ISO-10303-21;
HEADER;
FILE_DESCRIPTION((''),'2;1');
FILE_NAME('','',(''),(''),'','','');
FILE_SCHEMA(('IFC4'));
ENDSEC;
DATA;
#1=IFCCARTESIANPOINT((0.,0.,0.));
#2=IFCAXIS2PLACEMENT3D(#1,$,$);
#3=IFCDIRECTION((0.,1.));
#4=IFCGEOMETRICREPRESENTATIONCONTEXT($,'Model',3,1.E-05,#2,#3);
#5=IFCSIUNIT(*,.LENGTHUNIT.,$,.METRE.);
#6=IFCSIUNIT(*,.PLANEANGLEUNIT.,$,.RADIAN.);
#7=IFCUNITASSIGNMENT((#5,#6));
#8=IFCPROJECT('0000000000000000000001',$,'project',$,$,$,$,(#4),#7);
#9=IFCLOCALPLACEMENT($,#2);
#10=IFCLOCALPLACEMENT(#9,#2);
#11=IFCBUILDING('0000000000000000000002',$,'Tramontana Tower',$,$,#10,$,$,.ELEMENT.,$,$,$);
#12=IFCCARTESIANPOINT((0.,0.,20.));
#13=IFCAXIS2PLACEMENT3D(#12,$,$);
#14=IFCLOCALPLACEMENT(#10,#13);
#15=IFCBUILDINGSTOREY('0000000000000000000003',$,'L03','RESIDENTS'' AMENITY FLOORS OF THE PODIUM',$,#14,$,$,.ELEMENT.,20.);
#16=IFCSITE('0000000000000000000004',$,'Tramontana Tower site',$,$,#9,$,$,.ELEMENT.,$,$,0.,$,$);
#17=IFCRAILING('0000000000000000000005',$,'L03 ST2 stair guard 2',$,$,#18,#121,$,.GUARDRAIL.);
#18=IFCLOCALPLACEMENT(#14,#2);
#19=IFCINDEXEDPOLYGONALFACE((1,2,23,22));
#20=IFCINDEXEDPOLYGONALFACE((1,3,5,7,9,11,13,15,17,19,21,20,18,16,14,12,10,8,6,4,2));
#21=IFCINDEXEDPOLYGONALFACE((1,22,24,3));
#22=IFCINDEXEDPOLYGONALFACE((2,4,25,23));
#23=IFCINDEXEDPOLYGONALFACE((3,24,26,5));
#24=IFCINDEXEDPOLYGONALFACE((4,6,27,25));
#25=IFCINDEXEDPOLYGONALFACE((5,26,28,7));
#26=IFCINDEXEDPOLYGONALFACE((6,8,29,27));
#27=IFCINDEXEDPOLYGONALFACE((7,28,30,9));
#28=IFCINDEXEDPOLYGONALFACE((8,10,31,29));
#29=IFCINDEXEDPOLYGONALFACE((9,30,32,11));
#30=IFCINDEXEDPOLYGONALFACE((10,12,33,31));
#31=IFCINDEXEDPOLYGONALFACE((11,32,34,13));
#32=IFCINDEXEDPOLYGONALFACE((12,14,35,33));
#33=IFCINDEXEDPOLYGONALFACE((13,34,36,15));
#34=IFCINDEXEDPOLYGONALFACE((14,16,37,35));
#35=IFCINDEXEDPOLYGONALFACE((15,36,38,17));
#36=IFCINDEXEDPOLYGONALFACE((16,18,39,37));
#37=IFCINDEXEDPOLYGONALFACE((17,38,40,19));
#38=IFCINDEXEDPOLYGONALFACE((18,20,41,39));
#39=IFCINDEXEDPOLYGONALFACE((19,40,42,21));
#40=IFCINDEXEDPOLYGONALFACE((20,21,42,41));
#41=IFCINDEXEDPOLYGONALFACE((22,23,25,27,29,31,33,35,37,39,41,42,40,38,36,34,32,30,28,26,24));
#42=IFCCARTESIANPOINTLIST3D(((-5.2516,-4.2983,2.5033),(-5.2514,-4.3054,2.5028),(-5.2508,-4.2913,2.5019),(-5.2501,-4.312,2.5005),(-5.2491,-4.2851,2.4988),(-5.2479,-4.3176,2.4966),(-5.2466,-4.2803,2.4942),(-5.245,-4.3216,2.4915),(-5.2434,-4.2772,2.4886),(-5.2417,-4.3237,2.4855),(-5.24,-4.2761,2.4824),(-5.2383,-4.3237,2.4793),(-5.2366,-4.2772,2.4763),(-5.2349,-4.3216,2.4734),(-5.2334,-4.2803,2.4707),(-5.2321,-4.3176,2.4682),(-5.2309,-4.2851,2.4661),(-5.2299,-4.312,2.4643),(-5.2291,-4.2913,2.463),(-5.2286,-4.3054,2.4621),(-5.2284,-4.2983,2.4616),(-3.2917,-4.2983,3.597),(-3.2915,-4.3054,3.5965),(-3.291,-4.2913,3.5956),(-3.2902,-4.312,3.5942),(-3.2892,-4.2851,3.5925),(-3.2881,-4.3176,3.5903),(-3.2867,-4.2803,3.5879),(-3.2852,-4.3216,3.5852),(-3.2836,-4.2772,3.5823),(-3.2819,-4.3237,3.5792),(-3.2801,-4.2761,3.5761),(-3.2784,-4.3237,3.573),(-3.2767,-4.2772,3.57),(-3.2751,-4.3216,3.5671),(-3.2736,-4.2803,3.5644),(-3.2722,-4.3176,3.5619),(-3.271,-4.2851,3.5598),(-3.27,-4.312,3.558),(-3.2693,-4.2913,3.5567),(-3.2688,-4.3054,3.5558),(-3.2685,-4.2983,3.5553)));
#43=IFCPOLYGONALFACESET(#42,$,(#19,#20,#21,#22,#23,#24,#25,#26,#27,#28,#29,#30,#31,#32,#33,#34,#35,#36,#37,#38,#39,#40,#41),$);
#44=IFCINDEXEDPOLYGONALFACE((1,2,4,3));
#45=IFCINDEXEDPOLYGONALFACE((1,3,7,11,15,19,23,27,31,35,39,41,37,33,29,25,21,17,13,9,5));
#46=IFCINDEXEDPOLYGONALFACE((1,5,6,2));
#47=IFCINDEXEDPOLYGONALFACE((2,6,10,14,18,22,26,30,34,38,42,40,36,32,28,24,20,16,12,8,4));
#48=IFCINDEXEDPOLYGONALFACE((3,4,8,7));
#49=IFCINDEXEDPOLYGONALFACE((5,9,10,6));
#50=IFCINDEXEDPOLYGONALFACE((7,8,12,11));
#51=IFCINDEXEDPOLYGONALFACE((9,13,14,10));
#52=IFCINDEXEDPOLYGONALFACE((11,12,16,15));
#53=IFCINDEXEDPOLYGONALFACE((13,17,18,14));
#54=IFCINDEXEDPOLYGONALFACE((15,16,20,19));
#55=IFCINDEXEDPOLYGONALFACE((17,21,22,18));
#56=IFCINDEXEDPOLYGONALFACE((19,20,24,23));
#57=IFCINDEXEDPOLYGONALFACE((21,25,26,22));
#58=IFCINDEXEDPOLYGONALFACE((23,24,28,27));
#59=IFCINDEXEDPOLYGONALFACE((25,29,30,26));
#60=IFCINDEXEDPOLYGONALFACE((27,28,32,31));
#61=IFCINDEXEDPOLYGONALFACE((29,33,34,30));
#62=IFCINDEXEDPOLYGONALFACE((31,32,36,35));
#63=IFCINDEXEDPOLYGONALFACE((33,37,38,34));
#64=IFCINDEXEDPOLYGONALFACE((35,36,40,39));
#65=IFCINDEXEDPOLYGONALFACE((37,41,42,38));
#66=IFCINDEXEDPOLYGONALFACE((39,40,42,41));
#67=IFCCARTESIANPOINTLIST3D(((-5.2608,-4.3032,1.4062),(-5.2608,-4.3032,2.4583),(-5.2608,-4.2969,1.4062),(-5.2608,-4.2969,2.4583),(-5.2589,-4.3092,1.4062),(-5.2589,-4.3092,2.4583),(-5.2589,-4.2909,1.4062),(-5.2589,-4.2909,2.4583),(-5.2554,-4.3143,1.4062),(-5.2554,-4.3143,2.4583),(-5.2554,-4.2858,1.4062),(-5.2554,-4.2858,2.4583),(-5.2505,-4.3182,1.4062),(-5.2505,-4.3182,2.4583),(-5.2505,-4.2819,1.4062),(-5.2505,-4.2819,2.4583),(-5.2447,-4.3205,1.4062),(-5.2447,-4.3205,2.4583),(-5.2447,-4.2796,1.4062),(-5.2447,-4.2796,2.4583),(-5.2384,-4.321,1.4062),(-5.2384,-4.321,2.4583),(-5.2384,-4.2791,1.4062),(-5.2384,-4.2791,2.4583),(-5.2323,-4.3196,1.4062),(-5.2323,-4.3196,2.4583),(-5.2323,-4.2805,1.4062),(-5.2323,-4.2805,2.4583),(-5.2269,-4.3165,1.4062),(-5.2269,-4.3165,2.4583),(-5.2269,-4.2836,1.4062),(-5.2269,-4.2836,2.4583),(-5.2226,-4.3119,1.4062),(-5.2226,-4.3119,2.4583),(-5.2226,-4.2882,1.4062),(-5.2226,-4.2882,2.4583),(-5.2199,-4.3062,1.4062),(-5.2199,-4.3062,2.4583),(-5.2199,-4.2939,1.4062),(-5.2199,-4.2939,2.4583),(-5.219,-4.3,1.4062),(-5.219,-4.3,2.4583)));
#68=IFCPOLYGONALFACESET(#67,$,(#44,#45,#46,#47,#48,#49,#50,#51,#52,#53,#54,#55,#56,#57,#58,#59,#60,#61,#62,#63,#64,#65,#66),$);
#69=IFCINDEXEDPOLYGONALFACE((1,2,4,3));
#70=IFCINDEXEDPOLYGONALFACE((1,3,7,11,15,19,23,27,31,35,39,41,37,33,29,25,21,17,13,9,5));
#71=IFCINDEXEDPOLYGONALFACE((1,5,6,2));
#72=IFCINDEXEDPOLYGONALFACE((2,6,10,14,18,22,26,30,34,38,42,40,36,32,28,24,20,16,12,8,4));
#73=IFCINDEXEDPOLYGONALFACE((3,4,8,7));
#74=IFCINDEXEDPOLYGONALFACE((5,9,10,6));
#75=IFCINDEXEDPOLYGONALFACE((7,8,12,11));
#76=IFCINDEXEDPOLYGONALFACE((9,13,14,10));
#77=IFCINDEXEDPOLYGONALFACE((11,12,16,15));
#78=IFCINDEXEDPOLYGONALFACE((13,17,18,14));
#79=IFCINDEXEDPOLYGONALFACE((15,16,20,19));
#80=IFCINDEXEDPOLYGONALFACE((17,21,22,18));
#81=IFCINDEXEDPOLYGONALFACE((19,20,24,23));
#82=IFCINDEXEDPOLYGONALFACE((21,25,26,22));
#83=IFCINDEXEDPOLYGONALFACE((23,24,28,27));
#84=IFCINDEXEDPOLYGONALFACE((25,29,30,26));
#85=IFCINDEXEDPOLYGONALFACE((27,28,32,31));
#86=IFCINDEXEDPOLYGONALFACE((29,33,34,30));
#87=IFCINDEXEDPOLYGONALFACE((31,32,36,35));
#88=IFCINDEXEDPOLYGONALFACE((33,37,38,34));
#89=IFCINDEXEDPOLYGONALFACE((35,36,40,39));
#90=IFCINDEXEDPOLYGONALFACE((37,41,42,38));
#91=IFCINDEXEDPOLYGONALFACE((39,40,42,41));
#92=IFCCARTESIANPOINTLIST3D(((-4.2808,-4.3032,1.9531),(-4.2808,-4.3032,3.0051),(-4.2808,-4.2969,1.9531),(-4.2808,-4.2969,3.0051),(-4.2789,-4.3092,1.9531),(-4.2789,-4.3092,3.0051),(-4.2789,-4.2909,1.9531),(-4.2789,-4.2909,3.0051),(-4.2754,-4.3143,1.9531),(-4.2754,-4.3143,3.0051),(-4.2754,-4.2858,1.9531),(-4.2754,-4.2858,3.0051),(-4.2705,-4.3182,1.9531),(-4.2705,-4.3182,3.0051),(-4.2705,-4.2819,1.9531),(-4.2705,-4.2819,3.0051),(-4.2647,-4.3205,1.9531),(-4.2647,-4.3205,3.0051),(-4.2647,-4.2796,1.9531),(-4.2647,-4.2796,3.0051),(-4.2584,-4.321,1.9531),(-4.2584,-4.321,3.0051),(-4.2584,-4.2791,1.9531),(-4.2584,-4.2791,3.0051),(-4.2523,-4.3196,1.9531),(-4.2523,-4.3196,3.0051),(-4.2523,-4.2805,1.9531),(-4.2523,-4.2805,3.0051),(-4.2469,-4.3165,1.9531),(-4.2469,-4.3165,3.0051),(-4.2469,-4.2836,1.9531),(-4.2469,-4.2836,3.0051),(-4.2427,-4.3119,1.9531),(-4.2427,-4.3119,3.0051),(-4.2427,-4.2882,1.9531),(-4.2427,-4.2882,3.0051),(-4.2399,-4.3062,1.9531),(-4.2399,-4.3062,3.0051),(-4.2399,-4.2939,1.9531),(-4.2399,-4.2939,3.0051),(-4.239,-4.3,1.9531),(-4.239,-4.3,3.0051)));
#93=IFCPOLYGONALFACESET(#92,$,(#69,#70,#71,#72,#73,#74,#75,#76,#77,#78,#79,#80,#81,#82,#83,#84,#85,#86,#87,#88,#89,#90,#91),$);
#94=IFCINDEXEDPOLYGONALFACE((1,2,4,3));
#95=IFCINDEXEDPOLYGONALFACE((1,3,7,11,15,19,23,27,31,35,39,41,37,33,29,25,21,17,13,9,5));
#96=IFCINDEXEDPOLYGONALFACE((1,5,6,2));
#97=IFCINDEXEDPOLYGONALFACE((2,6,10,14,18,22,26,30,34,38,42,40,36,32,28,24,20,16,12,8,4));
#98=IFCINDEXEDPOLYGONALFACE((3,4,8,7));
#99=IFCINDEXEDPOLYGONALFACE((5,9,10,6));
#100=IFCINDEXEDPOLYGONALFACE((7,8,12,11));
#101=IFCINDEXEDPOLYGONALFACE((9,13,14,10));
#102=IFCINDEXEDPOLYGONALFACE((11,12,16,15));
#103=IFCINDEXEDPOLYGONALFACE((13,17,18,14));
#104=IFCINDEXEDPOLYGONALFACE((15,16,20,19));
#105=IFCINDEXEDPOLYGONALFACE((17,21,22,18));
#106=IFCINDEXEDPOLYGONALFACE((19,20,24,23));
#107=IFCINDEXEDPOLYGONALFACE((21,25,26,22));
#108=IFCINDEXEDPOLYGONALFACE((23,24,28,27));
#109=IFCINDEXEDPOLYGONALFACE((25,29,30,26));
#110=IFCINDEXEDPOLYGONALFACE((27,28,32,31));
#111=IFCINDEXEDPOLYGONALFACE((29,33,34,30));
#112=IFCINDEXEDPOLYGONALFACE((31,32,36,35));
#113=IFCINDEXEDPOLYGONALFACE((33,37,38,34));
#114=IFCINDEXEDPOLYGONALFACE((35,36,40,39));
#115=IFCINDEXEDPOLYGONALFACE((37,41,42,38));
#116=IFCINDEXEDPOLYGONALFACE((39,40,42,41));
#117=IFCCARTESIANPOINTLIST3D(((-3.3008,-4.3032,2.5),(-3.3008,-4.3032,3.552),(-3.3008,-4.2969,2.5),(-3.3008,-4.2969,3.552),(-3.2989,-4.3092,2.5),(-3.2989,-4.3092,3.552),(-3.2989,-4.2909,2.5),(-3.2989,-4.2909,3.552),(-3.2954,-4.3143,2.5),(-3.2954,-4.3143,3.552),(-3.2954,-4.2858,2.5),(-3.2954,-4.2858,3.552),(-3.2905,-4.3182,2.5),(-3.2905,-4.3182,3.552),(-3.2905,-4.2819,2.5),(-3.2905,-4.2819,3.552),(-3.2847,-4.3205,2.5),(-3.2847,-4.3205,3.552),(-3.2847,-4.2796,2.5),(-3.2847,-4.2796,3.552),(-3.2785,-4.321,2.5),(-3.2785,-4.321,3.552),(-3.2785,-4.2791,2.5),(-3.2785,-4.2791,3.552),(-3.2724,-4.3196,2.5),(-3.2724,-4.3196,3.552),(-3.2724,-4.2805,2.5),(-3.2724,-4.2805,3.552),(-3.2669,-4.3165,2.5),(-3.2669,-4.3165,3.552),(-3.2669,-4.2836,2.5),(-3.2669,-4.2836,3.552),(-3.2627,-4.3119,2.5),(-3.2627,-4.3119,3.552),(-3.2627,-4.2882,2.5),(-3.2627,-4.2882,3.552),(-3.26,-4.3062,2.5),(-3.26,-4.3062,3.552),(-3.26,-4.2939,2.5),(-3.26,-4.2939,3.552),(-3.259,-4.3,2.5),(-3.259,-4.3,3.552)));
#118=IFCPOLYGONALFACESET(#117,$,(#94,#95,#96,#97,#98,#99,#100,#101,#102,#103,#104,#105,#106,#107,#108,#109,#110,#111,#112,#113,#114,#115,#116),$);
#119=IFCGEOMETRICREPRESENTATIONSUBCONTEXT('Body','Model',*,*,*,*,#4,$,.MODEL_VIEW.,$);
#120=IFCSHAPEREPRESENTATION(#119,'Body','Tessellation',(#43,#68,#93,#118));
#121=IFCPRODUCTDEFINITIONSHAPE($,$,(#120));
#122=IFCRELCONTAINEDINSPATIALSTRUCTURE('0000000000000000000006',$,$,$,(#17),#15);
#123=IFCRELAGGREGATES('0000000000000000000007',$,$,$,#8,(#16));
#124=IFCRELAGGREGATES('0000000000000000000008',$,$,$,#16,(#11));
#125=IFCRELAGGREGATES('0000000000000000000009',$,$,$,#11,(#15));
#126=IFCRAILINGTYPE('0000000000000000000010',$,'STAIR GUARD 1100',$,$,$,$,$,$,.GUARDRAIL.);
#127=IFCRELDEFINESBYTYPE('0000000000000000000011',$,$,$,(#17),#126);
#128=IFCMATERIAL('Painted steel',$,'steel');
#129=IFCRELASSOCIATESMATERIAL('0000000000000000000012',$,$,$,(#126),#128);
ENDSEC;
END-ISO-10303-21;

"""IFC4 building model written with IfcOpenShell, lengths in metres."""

from ifc_helpers import new_model, si_unit, direction, frame, origin, origin_2d, place, context, subcontext, project, spatial, circle, extrude, material, type_object, element, save


model = new_model("IFC4")

# Units and contexts
model_context = context("Model", 3, precision=1e-05, world=origin(), true_north=direction((0.0, 1.0)))
body_context = subcontext(model_context, "Body", "Model", "MODEL_VIEW")
ifc_project = project(units=[si_unit("LENGTHUNIT", "METRE"), si_unit("PLANEANGLEUNIT", "RADIAN")], contexts=[model_context])

# Site, building, storey
site_placement = place(None, origin())
site = spatial("IfcSite", under=ifc_project, at=site_placement, Name="Tramontana Tower site", CompositionType="ELEMENT", RefElevation=0.0)
building_placement = place(site_placement, origin())
building = spatial("IfcBuilding", under=site, at=building_placement, Name="Tramontana Tower", CompositionType="ELEMENT")
storey_placement = place(building_placement, frame((0.0, 0.0, 20.0)))
storey = spatial("IfcBuildingStorey", under=building, at=storey_placement, Name="L03", Description="RESIDENTS' AMENITY FLOORS OF THE PODIUM", CompositionType="ELEMENT", Elevation=20.0)

# Railing
ifc_material_1 = material(Name="Painted steel", Category="steel")
railing_type_1 = type_object("IfcRailingType", Name="STAIR GUARD 1100", PredefinedType="GUARDRAIL", material=ifc_material_1)
railing_1_placement = place(storey_placement, frame((-5.24, -4.3, 1.4062)))
element("IfcRailing", 1, at=railing_1_placement, inside=storey, type_object=railing_type_1, Name="L03 ST2 stair guard 2", PredefinedType="GUARDRAIL", context=body_context, shape_type="SweptSolid", body=[
    extrude(circle(Radius=0.0239, at=origin_2d()), frame((0.0, 0.0, 1.0762), z_axis=(0.873232, 0.0, 0.487304), x_axis=(0.0, 1.0, 0.0)), (0.0, 0.0, 1.0), 2.2444),
    extrude(circle(Radius=0.021, at=origin_2d()), origin(), (0.0, 0.0, 1.0), 1.052),
    extrude(circle(Radius=0.021, at=origin_2d()), frame((0.98, 0.0, 0.5469)), (0.0, 0.0, 1.0), 1.052),
    extrude(circle(Radius=0.021, at=origin_2d()), frame((1.96, 0.0, 1.0938)), (0.0, 0.0, 1.0), 1.052),
])

save(model, "model.ifc")
